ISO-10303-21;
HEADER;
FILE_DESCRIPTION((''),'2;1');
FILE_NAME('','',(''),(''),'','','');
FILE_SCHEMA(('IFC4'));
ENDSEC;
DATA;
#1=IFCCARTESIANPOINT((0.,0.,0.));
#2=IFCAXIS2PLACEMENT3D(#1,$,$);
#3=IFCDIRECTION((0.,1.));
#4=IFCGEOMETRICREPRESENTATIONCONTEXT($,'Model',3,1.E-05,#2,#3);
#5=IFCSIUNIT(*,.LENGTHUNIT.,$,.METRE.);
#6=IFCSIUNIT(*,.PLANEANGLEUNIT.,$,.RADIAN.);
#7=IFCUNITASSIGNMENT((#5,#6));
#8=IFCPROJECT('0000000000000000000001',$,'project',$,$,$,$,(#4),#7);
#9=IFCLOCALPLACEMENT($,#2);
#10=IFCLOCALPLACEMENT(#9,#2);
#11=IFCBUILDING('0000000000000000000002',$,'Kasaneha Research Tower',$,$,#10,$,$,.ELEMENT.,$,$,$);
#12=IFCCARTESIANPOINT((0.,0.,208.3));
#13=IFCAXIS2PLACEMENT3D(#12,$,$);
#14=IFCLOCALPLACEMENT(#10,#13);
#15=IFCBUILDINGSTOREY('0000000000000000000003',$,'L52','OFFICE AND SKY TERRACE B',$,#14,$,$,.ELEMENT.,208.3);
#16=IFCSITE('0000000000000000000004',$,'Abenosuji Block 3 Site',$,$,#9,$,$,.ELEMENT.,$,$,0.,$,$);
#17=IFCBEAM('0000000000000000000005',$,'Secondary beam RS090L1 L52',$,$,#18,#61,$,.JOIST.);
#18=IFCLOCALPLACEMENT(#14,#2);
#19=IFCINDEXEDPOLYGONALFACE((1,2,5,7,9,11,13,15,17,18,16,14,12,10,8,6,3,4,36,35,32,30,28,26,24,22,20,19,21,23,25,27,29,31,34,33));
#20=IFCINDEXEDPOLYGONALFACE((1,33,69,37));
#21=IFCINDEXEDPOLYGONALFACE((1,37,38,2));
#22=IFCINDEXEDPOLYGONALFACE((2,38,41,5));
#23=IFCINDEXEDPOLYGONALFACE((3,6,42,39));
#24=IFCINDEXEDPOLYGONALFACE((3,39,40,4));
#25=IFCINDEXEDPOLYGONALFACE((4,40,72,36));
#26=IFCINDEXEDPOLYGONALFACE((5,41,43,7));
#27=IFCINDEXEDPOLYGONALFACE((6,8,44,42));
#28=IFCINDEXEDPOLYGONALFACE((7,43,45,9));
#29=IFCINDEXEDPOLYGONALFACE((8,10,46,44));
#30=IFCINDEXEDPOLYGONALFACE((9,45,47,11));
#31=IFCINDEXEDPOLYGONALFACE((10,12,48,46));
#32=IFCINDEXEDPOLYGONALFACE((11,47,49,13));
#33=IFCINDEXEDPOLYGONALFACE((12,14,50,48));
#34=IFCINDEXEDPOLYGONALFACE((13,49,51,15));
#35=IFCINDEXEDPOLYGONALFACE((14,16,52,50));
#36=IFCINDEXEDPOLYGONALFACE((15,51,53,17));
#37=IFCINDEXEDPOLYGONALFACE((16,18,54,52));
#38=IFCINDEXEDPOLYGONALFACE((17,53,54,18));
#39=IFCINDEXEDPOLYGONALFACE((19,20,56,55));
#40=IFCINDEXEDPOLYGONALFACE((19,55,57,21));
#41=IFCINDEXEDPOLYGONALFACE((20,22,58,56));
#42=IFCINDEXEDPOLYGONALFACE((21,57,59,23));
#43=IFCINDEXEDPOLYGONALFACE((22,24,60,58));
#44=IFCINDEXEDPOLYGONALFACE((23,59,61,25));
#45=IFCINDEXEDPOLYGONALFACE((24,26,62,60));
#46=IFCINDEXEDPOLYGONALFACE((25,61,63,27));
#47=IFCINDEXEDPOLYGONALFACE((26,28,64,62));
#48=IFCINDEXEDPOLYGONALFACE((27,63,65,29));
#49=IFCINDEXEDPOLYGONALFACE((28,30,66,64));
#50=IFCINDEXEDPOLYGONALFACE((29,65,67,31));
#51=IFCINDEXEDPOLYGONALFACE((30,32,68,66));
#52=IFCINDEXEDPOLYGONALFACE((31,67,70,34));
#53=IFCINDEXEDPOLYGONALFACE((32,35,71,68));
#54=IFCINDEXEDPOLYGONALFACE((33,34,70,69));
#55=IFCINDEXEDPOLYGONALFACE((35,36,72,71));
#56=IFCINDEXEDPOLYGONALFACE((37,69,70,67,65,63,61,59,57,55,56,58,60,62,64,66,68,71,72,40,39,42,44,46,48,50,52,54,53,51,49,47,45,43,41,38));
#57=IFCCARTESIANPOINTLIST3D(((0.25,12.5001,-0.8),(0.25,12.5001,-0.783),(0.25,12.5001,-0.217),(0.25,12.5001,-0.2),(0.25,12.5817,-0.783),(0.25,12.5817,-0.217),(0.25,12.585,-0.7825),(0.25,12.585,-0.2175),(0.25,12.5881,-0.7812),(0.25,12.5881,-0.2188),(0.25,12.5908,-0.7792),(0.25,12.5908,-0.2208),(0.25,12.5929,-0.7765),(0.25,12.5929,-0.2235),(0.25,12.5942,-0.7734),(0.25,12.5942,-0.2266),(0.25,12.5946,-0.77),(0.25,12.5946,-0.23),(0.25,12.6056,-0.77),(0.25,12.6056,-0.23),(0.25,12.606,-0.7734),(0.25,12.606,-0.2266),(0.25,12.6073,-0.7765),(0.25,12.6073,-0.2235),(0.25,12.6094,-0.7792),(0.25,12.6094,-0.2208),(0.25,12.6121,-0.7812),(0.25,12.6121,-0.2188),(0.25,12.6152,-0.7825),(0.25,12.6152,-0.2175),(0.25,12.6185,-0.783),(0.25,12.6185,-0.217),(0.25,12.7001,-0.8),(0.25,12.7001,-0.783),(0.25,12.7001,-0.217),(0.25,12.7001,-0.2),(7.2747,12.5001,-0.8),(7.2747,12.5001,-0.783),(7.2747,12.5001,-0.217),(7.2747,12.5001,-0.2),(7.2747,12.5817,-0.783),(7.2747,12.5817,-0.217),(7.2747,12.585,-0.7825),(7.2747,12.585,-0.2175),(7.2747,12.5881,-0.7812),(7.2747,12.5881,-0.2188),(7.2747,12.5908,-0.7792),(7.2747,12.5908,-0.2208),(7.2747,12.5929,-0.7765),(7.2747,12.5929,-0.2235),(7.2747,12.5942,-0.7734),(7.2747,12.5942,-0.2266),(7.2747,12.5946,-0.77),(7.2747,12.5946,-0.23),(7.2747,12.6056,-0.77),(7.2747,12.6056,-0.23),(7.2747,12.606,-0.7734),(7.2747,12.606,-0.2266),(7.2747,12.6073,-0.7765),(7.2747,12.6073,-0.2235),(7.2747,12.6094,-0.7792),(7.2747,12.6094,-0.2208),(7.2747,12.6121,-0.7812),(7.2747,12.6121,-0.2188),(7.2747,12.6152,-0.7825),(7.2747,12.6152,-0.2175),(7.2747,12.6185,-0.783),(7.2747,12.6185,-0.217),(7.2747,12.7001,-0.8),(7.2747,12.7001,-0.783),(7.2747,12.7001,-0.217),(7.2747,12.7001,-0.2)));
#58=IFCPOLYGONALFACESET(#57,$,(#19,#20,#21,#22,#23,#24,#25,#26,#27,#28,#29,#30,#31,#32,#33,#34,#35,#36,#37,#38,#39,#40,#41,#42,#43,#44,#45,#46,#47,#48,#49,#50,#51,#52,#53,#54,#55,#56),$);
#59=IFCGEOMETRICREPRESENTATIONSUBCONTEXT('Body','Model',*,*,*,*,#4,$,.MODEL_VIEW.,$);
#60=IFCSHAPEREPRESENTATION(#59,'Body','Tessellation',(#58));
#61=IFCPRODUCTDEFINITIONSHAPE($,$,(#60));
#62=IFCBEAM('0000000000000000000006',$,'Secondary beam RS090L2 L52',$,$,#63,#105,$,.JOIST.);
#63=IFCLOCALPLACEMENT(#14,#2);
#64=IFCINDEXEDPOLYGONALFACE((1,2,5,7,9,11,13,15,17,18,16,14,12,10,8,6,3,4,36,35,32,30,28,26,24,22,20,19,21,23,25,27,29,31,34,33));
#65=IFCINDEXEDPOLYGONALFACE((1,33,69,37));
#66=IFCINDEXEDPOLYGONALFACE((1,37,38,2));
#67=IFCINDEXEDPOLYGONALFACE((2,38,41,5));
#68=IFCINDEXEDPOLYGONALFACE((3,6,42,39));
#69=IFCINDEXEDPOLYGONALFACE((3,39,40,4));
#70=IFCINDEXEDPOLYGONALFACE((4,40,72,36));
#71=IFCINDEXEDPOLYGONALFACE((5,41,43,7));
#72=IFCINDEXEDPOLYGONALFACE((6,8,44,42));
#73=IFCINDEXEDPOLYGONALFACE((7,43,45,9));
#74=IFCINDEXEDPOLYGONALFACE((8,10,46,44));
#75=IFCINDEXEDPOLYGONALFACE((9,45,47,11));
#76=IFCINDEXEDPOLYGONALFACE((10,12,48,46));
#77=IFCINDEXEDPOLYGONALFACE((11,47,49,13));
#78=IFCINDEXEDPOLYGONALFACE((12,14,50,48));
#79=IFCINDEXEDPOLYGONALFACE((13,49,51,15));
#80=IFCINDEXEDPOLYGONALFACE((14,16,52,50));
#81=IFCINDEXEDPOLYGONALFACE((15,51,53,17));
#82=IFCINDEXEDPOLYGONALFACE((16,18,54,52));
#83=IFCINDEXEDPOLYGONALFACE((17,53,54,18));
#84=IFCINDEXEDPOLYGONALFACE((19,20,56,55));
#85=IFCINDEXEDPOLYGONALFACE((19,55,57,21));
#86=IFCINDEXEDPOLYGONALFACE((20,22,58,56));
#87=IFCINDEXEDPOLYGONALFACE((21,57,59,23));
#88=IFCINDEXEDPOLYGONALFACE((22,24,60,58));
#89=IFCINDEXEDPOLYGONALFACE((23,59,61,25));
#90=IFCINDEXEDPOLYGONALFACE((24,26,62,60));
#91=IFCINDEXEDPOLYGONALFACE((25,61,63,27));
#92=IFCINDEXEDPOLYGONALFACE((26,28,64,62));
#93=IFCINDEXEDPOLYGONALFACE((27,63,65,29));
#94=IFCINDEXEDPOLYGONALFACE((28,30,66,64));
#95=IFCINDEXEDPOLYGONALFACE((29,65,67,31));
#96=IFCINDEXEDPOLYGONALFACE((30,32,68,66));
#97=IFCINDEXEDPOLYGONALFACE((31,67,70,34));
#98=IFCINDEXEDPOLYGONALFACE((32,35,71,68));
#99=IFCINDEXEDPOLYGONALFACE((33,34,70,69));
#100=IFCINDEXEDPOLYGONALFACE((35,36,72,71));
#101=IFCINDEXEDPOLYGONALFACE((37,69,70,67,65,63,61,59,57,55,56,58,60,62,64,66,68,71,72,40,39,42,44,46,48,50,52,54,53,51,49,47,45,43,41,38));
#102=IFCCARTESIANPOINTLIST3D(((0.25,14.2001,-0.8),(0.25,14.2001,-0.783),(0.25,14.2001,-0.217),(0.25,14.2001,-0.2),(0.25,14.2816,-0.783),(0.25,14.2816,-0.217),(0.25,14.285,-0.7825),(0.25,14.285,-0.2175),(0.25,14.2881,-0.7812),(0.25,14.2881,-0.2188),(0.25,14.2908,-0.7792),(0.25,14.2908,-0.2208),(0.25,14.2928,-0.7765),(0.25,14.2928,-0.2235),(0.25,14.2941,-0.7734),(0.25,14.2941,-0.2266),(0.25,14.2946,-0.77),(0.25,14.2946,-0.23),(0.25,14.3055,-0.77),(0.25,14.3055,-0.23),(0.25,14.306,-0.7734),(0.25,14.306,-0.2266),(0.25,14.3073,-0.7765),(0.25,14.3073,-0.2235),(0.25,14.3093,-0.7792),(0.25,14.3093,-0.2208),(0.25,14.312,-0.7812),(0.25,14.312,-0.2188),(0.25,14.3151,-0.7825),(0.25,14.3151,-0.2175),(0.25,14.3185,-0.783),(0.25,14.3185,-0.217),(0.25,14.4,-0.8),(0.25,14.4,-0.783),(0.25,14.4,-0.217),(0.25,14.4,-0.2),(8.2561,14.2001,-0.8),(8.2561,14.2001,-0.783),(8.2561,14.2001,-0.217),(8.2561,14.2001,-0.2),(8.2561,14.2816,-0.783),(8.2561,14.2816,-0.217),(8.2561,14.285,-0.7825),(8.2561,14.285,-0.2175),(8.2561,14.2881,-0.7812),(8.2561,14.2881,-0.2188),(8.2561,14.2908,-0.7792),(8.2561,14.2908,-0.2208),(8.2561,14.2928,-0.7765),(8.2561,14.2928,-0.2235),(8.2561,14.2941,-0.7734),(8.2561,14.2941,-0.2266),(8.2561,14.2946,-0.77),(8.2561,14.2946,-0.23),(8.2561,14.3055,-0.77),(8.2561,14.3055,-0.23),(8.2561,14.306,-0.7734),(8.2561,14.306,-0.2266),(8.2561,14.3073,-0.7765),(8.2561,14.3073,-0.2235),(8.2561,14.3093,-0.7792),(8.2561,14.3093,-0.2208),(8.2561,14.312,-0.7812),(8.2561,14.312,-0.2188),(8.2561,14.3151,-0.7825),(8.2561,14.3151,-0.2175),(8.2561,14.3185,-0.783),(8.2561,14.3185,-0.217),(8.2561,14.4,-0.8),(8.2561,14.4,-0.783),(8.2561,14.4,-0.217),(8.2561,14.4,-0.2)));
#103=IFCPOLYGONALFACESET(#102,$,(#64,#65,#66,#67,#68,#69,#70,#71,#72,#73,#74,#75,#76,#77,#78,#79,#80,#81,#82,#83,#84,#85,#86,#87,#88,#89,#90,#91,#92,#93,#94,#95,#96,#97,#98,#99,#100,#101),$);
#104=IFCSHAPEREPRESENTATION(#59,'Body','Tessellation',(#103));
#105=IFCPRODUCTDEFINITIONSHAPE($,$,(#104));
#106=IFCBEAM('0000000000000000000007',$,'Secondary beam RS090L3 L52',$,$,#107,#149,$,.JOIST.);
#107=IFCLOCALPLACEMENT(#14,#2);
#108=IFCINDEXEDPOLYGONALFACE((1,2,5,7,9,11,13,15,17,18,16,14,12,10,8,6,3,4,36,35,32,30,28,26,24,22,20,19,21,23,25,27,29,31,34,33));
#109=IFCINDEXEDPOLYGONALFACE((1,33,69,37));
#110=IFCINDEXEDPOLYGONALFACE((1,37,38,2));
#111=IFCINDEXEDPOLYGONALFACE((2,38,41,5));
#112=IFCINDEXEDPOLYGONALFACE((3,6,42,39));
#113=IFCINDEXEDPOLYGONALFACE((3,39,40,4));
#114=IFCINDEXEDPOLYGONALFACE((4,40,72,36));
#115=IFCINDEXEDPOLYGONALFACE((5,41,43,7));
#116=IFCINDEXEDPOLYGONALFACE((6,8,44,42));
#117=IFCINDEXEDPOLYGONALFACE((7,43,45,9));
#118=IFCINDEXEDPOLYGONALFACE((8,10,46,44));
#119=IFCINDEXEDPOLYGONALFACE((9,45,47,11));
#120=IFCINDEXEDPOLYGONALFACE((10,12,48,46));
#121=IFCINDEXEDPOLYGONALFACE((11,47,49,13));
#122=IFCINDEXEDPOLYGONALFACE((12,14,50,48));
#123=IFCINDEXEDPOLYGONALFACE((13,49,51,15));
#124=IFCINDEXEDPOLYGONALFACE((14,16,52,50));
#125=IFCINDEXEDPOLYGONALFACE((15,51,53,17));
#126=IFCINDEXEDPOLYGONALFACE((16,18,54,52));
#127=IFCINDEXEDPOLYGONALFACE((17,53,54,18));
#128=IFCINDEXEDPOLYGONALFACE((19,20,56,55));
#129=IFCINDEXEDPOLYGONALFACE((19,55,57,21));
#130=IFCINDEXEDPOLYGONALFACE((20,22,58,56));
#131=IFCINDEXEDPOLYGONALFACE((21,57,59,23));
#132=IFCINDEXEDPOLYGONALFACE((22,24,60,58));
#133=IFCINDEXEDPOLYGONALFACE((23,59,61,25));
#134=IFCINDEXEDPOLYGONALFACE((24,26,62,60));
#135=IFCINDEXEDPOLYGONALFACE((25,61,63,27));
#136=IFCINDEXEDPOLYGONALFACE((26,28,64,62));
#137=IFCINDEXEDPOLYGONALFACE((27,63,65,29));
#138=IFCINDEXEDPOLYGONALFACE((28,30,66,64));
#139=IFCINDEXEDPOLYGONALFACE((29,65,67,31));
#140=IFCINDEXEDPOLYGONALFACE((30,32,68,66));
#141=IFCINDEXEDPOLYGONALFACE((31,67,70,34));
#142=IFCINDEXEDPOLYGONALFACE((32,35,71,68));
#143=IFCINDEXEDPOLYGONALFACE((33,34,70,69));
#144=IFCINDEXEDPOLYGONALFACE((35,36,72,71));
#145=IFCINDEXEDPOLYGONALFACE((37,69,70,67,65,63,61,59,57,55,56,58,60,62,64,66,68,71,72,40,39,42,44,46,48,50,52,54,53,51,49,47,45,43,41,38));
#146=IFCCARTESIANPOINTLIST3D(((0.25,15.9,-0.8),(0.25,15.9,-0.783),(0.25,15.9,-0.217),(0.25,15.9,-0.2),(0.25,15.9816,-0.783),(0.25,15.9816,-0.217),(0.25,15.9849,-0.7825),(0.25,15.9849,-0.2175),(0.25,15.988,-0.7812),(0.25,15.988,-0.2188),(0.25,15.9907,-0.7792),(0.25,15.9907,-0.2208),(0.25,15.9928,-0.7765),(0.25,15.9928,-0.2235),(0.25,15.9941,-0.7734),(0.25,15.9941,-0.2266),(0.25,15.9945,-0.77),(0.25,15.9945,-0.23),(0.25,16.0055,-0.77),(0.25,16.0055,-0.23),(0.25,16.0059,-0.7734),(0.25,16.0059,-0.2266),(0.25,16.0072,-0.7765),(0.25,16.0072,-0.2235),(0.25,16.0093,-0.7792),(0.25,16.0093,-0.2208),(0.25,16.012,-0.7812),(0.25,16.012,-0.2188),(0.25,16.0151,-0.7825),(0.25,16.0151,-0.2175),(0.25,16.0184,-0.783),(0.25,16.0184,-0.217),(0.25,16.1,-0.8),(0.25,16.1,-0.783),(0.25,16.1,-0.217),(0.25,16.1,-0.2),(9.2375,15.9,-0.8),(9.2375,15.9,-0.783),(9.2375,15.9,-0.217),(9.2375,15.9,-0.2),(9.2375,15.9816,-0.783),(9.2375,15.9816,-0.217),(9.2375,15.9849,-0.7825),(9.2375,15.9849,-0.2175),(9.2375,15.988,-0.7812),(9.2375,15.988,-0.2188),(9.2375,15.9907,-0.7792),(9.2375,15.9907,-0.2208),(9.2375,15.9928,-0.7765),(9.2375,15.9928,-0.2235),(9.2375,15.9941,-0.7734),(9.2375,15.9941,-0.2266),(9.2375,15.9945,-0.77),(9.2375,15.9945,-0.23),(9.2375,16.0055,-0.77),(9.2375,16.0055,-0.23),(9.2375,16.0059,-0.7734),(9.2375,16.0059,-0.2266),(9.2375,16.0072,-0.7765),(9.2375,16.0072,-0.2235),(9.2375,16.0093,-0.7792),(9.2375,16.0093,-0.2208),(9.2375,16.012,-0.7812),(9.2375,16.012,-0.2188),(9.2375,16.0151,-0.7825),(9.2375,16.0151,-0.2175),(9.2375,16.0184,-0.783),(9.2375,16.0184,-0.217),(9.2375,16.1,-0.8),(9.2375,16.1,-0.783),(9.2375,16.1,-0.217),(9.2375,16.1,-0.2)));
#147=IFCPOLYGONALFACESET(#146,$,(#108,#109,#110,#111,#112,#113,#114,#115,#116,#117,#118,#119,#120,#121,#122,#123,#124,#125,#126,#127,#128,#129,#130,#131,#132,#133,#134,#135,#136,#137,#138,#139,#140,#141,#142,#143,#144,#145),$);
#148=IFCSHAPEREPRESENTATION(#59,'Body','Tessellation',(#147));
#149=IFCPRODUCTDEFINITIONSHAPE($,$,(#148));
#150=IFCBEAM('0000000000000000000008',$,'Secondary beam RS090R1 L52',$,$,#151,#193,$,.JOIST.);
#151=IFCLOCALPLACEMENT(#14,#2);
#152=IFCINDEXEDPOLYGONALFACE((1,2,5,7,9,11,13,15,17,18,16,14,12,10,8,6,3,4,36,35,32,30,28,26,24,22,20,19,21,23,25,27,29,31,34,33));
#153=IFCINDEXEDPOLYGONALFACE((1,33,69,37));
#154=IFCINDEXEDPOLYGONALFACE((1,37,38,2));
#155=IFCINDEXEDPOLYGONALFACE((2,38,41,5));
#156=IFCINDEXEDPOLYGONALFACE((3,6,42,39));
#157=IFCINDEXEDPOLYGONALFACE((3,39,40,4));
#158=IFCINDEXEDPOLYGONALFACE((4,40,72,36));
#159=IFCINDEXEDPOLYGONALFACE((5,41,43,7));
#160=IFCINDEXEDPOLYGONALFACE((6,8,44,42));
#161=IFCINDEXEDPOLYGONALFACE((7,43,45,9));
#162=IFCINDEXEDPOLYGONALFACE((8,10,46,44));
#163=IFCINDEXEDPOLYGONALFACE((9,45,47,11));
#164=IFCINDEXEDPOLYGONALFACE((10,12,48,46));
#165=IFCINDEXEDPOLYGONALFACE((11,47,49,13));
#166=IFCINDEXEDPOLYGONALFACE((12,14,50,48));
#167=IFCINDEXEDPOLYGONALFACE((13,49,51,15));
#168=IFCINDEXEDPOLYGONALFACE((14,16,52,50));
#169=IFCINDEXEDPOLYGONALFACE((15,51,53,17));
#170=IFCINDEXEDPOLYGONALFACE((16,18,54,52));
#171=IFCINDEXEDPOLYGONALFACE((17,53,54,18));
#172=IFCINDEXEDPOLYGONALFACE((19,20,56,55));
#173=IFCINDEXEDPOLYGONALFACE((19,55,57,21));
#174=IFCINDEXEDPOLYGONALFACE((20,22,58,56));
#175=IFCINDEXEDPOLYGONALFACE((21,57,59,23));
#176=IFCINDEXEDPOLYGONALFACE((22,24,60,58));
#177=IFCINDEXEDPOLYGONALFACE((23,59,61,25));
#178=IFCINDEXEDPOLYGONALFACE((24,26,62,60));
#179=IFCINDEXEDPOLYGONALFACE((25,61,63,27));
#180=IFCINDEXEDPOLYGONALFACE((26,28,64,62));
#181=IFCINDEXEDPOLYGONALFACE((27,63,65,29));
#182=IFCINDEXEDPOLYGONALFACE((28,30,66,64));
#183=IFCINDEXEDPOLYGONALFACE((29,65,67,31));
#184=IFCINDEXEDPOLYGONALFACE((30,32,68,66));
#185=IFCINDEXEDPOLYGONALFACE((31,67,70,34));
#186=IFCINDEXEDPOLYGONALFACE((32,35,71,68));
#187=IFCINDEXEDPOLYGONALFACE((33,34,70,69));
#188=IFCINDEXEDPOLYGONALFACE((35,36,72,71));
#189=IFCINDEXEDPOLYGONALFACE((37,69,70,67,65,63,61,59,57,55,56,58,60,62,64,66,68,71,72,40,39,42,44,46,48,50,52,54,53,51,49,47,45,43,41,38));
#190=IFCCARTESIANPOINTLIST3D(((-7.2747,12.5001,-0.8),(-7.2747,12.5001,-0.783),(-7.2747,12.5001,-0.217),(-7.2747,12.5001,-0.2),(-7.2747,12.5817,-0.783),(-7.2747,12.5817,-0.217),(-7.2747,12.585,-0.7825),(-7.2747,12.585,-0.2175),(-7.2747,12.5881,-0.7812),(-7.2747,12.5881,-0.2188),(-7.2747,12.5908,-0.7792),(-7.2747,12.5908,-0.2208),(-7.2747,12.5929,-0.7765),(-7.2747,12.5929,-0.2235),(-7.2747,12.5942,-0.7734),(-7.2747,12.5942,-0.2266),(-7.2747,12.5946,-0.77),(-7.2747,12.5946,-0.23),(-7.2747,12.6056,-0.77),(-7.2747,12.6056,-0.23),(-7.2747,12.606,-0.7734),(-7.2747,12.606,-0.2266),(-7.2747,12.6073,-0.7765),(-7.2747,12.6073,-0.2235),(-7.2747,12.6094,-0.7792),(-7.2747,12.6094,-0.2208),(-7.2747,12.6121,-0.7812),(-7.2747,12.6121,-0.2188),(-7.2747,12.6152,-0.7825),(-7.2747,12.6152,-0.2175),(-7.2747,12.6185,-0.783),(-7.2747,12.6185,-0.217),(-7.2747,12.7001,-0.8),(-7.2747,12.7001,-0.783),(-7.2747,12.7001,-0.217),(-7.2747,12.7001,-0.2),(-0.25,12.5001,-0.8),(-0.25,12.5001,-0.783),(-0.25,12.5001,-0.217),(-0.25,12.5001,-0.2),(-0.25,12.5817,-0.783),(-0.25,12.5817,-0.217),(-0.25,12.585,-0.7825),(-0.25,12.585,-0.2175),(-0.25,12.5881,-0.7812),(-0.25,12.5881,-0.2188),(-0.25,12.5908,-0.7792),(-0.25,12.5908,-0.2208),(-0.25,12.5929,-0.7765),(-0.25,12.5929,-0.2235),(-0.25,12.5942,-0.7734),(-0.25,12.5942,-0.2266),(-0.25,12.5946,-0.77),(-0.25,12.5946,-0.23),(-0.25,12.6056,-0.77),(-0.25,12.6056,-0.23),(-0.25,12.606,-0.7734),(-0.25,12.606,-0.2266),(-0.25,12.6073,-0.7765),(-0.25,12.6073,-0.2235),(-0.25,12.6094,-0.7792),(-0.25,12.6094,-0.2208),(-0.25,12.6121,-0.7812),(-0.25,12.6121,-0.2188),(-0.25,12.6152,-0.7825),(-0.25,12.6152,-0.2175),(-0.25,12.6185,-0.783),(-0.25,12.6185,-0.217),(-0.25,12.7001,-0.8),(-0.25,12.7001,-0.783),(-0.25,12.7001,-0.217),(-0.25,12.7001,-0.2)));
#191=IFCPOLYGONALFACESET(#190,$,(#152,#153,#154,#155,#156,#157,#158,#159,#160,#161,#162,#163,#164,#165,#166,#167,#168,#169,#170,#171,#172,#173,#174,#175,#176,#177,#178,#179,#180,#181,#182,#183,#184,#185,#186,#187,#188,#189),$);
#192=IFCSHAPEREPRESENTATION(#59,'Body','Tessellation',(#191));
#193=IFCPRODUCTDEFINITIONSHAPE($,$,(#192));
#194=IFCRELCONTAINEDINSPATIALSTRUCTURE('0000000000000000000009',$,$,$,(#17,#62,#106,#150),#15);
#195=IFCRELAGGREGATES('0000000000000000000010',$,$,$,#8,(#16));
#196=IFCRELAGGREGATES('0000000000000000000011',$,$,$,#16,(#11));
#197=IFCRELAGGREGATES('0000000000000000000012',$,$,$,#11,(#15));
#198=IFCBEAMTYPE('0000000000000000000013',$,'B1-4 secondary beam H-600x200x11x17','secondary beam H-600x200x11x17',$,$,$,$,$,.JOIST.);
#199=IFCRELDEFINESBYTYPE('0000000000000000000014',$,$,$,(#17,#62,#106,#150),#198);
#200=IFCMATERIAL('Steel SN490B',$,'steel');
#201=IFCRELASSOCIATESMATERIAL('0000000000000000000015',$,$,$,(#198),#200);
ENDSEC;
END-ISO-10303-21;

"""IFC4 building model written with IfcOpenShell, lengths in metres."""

from ifc_helpers import new_model, si_unit, direction, frame, origin, origin_2d, place, context, subcontext, project, spatial, i_section, extrude, material, material_profile, profile_set, type_object, element, save


model = new_model("IFC4")

# Units and contexts
model_context = context("Model", 3, precision=1e-05, world=origin(), true_north=direction((0.0, 1.0)))
body_context = subcontext(model_context, "Body", "Model", "MODEL_VIEW")
ifc_project = project(units=[si_unit("LENGTHUNIT", "METRE"), si_unit("PLANEANGLEUNIT", "RADIAN")], contexts=[model_context])

# Site, building, storey
site_placement = place(None, origin())
site = spatial("IfcSite", under=ifc_project, at=site_placement, Name="Abenosuji Block 3 Site", CompositionType="ELEMENT", RefElevation=0.0)
building_placement = place(site_placement, origin())
building = spatial("IfcBuilding", under=site, at=building_placement, Name="Kasaneha Research Tower", CompositionType="ELEMENT")
storey_placement = place(building_placement, frame((0.0, 0.0, 208.3)))
storey = spatial("IfcBuildingStorey", under=building, at=storey_placement, Name="L52", Description="OFFICE AND SKY TERRACE B", CompositionType="ELEMENT", Elevation=208.3)

# Beams
ifc_material = material(Name="Steel SN490B", Category="steel")
ifc_material_profile = material_profile(ifc_material, i_section(OverallWidth=0.2, OverallDepth=0.6001, WebThickness=0.011, FlangeThickness=0.0171, FilletRadius=0.0129, at=origin_2d()), Name="H-600x200x11x17")
ifc_profile_set = profile_set([ifc_material_profile], Name="Steel SN490B")
beam_type = type_object("IfcBeamType", Name="B1-4 secondary beam H-600x200x11x17", Description="secondary beam H-600x200x11x17", PredefinedType="JOIST", material=ifc_profile_set)
beam_1_placement = place(storey_placement, frame((7.2747, 12.6001, -0.5), z_axis=(-1.0, 0.0, 0.0), x_axis=(0.0, -1.0, 0.0)))
element("IfcBeam", 1, at=beam_1_placement, inside=storey, type_object=beam_type, Name="Secondary beam RS090L1 L52", PredefinedType="JOIST", context=body_context, shape_type="SweptSolid", body=[
    extrude(i_section(OverallWidth=0.2, OverallDepth=0.6001, WebThickness=0.011, FlangeThickness=0.0171, FilletRadius=0.0129, at=origin_2d()), origin(), (0.0, 0.0, 1.0), 7.0247),
])
beam_2_placement = place(storey_placement, frame((8.2561, 14.3, -0.5), z_axis=(-1.0, 0.0, 0.0), x_axis=(0.0, -1.0, 0.0)))
element("IfcBeam", 2, at=beam_2_placement, inside=storey, type_object=beam_type, Name="Secondary beam RS090L2 L52", PredefinedType="JOIST", context=body_context, shape_type="SweptSolid", body=[
    extrude(i_section(OverallWidth=0.2, OverallDepth=0.6001, WebThickness=0.011, FlangeThickness=0.0171, FilletRadius=0.0129, at=origin_2d()), origin(), (0.0, 0.0, 1.0), 8.0061),
])
beam_3_placement = place(storey_placement, frame((9.2375, 16.0, -0.5), z_axis=(-1.0, 0.0, 0.0), x_axis=(0.0, -1.0, 0.0)))
element("IfcBeam", 3, at=beam_3_placement, inside=storey, type_object=beam_type, Name="Secondary beam RS090L3 L52", PredefinedType="JOIST", context=body_context, shape_type="SweptSolid", body=[
    extrude(i_section(OverallWidth=0.2, OverallDepth=0.6001, WebThickness=0.011, FlangeThickness=0.0171, FilletRadius=0.0129, at=origin_2d()), origin(), (0.0, 0.0, 1.0), 8.9875),
])
beam_4_placement = place(storey_placement, frame((-7.2747, 12.6001, -0.5), z_axis=(1.0, 0.0, 0.0), x_axis=(0.0, 1.0, 0.0)))
element("IfcBeam", 4, at=beam_4_placement, inside=storey, type_object=beam_type, Name="Secondary beam RS090R1 L52", PredefinedType="JOIST", context=body_context, shape_type="SweptSolid", body=[
    extrude(i_section(OverallWidth=0.2, OverallDepth=0.6001, WebThickness=0.011, FlangeThickness=0.0171, FilletRadius=0.0129, at=origin_2d()), origin(), (0.0, 0.0, 1.0), 7.0247),
])

save(model, "model.ifc")
